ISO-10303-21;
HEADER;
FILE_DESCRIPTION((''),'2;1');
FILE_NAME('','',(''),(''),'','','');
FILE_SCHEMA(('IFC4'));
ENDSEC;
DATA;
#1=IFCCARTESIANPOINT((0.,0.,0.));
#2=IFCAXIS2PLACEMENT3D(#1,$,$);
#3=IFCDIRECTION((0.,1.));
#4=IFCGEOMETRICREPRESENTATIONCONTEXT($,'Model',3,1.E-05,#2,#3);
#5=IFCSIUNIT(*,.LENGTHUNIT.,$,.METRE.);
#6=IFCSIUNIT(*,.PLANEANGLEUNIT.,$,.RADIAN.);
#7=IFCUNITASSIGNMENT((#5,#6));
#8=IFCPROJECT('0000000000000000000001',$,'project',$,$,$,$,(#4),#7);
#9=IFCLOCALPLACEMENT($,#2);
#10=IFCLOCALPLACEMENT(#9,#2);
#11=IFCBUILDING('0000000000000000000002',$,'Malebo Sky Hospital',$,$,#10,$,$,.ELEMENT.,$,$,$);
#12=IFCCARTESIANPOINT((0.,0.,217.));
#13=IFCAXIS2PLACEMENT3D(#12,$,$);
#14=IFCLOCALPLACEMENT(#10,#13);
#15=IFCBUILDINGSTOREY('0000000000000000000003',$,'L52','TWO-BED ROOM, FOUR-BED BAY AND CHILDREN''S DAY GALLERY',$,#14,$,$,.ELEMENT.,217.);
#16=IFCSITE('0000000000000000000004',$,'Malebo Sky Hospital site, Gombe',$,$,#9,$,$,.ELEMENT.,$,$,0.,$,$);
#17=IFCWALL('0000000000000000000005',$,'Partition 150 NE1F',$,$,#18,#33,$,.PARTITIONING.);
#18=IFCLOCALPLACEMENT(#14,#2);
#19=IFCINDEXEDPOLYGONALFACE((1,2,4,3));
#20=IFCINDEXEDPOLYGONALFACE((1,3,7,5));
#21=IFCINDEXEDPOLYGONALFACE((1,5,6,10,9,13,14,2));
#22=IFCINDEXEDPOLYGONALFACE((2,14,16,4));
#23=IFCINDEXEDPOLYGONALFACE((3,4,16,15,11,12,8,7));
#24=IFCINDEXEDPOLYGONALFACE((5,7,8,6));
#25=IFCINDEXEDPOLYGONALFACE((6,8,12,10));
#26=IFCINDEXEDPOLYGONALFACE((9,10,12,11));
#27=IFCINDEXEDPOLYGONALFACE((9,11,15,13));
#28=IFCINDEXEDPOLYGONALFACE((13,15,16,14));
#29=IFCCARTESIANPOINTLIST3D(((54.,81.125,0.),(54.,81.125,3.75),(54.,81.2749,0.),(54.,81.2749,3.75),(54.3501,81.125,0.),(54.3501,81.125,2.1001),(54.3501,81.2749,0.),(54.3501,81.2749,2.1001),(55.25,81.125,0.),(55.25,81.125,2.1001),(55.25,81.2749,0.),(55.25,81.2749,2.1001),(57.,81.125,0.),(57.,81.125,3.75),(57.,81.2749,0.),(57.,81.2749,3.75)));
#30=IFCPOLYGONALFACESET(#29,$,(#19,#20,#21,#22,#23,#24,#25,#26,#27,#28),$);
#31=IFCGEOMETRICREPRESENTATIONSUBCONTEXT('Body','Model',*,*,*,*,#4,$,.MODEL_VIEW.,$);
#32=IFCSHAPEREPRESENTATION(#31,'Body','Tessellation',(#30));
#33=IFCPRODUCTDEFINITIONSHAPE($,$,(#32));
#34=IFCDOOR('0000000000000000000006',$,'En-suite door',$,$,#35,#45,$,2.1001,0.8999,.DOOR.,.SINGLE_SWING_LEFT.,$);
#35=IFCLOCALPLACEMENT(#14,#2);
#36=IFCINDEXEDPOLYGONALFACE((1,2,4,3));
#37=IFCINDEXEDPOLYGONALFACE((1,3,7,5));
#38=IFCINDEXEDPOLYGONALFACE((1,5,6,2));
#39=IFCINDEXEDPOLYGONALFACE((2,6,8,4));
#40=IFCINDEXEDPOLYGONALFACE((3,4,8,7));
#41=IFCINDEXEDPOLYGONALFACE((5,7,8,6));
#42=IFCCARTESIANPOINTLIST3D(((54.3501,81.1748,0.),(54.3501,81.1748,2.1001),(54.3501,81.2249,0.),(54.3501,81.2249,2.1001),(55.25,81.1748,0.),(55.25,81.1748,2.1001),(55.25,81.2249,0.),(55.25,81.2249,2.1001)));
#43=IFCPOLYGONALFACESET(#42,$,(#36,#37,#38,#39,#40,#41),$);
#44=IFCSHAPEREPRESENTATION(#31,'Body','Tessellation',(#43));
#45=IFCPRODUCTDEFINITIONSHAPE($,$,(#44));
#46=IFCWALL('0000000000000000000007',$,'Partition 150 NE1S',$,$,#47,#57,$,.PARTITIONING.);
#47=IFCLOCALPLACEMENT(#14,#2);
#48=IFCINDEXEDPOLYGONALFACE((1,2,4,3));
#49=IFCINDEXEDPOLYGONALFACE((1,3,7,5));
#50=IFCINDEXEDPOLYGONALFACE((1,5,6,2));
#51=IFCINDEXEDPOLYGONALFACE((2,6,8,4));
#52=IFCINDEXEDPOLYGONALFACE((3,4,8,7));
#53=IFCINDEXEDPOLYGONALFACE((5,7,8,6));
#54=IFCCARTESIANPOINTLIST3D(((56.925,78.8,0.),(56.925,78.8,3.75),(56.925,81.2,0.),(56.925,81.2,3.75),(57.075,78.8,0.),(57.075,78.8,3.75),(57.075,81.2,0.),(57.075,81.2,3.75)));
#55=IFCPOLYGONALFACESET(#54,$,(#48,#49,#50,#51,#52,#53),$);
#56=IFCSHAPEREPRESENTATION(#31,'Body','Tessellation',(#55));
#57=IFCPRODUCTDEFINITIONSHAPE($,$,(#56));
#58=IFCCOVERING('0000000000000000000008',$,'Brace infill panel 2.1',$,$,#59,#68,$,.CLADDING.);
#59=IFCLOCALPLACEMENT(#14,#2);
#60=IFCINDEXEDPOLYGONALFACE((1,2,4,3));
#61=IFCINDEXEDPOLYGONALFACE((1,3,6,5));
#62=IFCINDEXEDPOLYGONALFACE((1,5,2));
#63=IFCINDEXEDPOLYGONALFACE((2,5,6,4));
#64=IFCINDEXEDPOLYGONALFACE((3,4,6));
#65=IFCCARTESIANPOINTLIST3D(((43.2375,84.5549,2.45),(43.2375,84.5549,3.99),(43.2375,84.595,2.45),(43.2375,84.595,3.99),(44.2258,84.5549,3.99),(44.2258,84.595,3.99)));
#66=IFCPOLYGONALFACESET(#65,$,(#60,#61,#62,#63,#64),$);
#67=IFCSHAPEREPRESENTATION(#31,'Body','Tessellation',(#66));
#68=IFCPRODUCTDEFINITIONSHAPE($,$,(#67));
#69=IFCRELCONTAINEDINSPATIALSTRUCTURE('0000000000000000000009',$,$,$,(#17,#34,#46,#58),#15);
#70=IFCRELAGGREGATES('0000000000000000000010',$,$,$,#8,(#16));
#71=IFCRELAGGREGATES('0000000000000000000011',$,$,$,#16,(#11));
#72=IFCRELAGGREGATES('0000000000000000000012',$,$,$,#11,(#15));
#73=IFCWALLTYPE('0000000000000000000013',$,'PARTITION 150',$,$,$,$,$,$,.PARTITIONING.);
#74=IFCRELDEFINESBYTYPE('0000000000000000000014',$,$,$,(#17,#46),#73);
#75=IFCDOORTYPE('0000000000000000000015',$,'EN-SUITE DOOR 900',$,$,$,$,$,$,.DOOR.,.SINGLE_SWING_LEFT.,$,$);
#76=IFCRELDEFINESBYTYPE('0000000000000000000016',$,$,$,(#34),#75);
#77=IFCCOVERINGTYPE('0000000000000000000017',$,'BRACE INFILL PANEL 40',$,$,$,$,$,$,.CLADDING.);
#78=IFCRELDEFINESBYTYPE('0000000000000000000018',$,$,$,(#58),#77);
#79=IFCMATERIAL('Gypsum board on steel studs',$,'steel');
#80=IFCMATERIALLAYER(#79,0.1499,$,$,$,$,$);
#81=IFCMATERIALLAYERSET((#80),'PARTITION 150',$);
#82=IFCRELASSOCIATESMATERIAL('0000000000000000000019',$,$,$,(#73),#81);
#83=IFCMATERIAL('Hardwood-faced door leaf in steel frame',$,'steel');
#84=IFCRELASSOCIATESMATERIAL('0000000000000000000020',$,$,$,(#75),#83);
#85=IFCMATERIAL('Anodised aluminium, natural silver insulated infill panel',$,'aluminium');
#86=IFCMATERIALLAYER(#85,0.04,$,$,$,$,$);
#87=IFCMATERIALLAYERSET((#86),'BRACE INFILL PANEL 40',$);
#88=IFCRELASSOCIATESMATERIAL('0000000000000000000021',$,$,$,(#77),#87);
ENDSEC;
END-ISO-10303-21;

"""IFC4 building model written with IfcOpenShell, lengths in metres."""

from ifc_helpers import new_model, si_unit, direction, frame, frame_2d, origin, place, context, subcontext, project, spatial, polyline, rectangle, outline, extrude, material, layer, layer_set, type_object, element, fill, save


model = new_model("IFC4")

# Units and contexts
model_context = context("Model", 3, precision=1e-05, world=origin(), true_north=direction((0.0, 1.0)))
body_context = subcontext(model_context, "Body", "Model", "MODEL_VIEW")
ifc_project = project(units=[si_unit("LENGTHUNIT", "METRE"), si_unit("PLANEANGLEUNIT", "RADIAN")], contexts=[model_context])

# Site, building, storey
site_placement = place(None, origin())
site = spatial("IfcSite", under=ifc_project, at=site_placement, Name="Malebo Sky Hospital site, Gombe", CompositionType="ELEMENT", RefElevation=0.0)
building_placement = place(site_placement, origin())
building = spatial("IfcBuilding", under=site, at=building_placement, Name="Malebo Sky Hospital", CompositionType="ELEMENT")
storey_placement = place(building_placement, frame((0.0, 0.0, 217.0)))
storey = spatial("IfcBuildingStorey", under=building, at=storey_placement, Name="L52", Description="TWO-BED ROOM, FOUR-BED BAY AND CHILDREN'S DAY GALLERY", CompositionType="ELEMENT", Elevation=217.0)

# Shared definitions
ifc_material_1 = material(Name="Gypsum board on steel studs", Category="steel")
ifc_layer_1 = layer(ifc_material_1, 0.1499)
ifc_layer_set_1 = layer_set([ifc_layer_1], Name="PARTITION 150")
wall_type_1 = type_object("IfcWallType", Name="PARTITION 150", PredefinedType="PARTITIONING", material=ifc_layer_set_1)

# Wall, opening, door
wall_1_placement = place(storey_placement, frame((54.0, 81.2, 0.0), z_axis=(0.0, 0.0, 1.0), x_axis=(1.0, 0.0, 0.0)))
wall_1 = element("IfcWall", 1, at=wall_1_placement, inside=storey, type_object=wall_type_1, Name="Partition 150 NE1F", PredefinedType="PARTITIONING", context=body_context, shape_type="SweptSolid", body=[
    extrude(rectangle(XDim=3.0, YDim=0.1499, at=frame_2d((1.5, 0.0))), origin(), (0.0, 0.0, 1.0), 3.75),
])
opening_placement = place(wall_1_placement, frame((0.3501, 0.0, 0.0)))
opening = element("IfcOpeningElement", 2, at=opening_placement, cuts=wall_1, PredefinedType="OPENING", context=body_context, shape_type="SweptSolid", body=[
    extrude(rectangle(XDim=0.8999, YDim=2.1001, at=frame_2d((0.45, 1.05))), frame((0.0, 0.085, 0.0), z_axis=(0.0, -1.0, 0.0), x_axis=(1.0, 0.0, 0.0)), (0.0, 0.0, 1.0), 0.1699),
])
ifc_material_2 = material(Name="Hardwood-faced door leaf in steel frame", Category="steel")
door_type = type_object("IfcDoorType", Name="EN-SUITE DOOR 900", OperationType="SINGLE_SWING_LEFT", PredefinedType="DOOR", material=ifc_material_2)
door_placement = place(opening_placement, origin())
door = element("IfcDoor", 3, at=door_placement, inside=storey, type_object=door_type, Name="En-suite door", OperationType="SINGLE_SWING_LEFT", OverallHeight=2.1001, OverallWidth=0.8999, PredefinedType="DOOR", context=body_context, shape_type="SweptSolid", body=[
    extrude(rectangle(XDim=0.8999, YDim=2.1001, at=frame_2d((0.45, 1.05))), frame((0.0, 0.0249, 0.0), z_axis=(0.0, -1.0, 0.0), x_axis=(1.0, 0.0, 0.0)), (0.0, 0.0, 1.0), 0.05),
])
fill(opening, door)

# Wall
wall_2_placement = place(storey_placement, frame((57.0, 78.8, 0.0), z_axis=(0.0, 0.0, 1.0), x_axis=(0.0, 1.0, 0.0)))
element("IfcWall", 4, at=wall_2_placement, inside=storey, type_object=wall_type_1, Name="Partition 150 NE1S", PredefinedType="PARTITIONING", context=body_context, shape_type="SweptSolid", body=[
    extrude(rectangle(XDim=2.3999, YDim=0.1499, at=frame_2d((1.2, 0.0))), origin(), (0.0, 0.0, 1.0), 3.75),
])

# Covering
ifc_material_3 = material(Name="Anodised aluminium, natural silver insulated infill panel", Category="aluminium")
ifc_layer_2 = layer(ifc_material_3, 0.04)
ifc_layer_set_2 = layer_set([ifc_layer_2], Name="BRACE INFILL PANEL 40")
covering_type = type_object("IfcCoveringType", Name="BRACE INFILL PANEL 40", PredefinedType="CLADDING", material=ifc_layer_set_2)
covering_placement = place(storey_placement, frame((43.7317, 84.575, 2.45), z_axis=(0.0, 0.0, 1.0), x_axis=(1.0, 0.0, 0.0)))
element("IfcCovering", 5, at=covering_placement, inside=storey, type_object=covering_type, Name="Brace infill panel 2.1", PredefinedType="CLADDING", context=body_context, shape_type="SweptSolid", body=[
    extrude(outline(polyline([(-0.4941, 0.0), (0.4941, 1.54), (-0.4941, 1.54), (-0.4941, 0.0)])), frame((0.0, 0.02, 0.0), z_axis=(0.0, -1.0, 0.0), x_axis=(1.0, 0.0, 0.0)), (0.0, 0.0, 1.0), 0.04),
])

save(model, "model.ifc")
